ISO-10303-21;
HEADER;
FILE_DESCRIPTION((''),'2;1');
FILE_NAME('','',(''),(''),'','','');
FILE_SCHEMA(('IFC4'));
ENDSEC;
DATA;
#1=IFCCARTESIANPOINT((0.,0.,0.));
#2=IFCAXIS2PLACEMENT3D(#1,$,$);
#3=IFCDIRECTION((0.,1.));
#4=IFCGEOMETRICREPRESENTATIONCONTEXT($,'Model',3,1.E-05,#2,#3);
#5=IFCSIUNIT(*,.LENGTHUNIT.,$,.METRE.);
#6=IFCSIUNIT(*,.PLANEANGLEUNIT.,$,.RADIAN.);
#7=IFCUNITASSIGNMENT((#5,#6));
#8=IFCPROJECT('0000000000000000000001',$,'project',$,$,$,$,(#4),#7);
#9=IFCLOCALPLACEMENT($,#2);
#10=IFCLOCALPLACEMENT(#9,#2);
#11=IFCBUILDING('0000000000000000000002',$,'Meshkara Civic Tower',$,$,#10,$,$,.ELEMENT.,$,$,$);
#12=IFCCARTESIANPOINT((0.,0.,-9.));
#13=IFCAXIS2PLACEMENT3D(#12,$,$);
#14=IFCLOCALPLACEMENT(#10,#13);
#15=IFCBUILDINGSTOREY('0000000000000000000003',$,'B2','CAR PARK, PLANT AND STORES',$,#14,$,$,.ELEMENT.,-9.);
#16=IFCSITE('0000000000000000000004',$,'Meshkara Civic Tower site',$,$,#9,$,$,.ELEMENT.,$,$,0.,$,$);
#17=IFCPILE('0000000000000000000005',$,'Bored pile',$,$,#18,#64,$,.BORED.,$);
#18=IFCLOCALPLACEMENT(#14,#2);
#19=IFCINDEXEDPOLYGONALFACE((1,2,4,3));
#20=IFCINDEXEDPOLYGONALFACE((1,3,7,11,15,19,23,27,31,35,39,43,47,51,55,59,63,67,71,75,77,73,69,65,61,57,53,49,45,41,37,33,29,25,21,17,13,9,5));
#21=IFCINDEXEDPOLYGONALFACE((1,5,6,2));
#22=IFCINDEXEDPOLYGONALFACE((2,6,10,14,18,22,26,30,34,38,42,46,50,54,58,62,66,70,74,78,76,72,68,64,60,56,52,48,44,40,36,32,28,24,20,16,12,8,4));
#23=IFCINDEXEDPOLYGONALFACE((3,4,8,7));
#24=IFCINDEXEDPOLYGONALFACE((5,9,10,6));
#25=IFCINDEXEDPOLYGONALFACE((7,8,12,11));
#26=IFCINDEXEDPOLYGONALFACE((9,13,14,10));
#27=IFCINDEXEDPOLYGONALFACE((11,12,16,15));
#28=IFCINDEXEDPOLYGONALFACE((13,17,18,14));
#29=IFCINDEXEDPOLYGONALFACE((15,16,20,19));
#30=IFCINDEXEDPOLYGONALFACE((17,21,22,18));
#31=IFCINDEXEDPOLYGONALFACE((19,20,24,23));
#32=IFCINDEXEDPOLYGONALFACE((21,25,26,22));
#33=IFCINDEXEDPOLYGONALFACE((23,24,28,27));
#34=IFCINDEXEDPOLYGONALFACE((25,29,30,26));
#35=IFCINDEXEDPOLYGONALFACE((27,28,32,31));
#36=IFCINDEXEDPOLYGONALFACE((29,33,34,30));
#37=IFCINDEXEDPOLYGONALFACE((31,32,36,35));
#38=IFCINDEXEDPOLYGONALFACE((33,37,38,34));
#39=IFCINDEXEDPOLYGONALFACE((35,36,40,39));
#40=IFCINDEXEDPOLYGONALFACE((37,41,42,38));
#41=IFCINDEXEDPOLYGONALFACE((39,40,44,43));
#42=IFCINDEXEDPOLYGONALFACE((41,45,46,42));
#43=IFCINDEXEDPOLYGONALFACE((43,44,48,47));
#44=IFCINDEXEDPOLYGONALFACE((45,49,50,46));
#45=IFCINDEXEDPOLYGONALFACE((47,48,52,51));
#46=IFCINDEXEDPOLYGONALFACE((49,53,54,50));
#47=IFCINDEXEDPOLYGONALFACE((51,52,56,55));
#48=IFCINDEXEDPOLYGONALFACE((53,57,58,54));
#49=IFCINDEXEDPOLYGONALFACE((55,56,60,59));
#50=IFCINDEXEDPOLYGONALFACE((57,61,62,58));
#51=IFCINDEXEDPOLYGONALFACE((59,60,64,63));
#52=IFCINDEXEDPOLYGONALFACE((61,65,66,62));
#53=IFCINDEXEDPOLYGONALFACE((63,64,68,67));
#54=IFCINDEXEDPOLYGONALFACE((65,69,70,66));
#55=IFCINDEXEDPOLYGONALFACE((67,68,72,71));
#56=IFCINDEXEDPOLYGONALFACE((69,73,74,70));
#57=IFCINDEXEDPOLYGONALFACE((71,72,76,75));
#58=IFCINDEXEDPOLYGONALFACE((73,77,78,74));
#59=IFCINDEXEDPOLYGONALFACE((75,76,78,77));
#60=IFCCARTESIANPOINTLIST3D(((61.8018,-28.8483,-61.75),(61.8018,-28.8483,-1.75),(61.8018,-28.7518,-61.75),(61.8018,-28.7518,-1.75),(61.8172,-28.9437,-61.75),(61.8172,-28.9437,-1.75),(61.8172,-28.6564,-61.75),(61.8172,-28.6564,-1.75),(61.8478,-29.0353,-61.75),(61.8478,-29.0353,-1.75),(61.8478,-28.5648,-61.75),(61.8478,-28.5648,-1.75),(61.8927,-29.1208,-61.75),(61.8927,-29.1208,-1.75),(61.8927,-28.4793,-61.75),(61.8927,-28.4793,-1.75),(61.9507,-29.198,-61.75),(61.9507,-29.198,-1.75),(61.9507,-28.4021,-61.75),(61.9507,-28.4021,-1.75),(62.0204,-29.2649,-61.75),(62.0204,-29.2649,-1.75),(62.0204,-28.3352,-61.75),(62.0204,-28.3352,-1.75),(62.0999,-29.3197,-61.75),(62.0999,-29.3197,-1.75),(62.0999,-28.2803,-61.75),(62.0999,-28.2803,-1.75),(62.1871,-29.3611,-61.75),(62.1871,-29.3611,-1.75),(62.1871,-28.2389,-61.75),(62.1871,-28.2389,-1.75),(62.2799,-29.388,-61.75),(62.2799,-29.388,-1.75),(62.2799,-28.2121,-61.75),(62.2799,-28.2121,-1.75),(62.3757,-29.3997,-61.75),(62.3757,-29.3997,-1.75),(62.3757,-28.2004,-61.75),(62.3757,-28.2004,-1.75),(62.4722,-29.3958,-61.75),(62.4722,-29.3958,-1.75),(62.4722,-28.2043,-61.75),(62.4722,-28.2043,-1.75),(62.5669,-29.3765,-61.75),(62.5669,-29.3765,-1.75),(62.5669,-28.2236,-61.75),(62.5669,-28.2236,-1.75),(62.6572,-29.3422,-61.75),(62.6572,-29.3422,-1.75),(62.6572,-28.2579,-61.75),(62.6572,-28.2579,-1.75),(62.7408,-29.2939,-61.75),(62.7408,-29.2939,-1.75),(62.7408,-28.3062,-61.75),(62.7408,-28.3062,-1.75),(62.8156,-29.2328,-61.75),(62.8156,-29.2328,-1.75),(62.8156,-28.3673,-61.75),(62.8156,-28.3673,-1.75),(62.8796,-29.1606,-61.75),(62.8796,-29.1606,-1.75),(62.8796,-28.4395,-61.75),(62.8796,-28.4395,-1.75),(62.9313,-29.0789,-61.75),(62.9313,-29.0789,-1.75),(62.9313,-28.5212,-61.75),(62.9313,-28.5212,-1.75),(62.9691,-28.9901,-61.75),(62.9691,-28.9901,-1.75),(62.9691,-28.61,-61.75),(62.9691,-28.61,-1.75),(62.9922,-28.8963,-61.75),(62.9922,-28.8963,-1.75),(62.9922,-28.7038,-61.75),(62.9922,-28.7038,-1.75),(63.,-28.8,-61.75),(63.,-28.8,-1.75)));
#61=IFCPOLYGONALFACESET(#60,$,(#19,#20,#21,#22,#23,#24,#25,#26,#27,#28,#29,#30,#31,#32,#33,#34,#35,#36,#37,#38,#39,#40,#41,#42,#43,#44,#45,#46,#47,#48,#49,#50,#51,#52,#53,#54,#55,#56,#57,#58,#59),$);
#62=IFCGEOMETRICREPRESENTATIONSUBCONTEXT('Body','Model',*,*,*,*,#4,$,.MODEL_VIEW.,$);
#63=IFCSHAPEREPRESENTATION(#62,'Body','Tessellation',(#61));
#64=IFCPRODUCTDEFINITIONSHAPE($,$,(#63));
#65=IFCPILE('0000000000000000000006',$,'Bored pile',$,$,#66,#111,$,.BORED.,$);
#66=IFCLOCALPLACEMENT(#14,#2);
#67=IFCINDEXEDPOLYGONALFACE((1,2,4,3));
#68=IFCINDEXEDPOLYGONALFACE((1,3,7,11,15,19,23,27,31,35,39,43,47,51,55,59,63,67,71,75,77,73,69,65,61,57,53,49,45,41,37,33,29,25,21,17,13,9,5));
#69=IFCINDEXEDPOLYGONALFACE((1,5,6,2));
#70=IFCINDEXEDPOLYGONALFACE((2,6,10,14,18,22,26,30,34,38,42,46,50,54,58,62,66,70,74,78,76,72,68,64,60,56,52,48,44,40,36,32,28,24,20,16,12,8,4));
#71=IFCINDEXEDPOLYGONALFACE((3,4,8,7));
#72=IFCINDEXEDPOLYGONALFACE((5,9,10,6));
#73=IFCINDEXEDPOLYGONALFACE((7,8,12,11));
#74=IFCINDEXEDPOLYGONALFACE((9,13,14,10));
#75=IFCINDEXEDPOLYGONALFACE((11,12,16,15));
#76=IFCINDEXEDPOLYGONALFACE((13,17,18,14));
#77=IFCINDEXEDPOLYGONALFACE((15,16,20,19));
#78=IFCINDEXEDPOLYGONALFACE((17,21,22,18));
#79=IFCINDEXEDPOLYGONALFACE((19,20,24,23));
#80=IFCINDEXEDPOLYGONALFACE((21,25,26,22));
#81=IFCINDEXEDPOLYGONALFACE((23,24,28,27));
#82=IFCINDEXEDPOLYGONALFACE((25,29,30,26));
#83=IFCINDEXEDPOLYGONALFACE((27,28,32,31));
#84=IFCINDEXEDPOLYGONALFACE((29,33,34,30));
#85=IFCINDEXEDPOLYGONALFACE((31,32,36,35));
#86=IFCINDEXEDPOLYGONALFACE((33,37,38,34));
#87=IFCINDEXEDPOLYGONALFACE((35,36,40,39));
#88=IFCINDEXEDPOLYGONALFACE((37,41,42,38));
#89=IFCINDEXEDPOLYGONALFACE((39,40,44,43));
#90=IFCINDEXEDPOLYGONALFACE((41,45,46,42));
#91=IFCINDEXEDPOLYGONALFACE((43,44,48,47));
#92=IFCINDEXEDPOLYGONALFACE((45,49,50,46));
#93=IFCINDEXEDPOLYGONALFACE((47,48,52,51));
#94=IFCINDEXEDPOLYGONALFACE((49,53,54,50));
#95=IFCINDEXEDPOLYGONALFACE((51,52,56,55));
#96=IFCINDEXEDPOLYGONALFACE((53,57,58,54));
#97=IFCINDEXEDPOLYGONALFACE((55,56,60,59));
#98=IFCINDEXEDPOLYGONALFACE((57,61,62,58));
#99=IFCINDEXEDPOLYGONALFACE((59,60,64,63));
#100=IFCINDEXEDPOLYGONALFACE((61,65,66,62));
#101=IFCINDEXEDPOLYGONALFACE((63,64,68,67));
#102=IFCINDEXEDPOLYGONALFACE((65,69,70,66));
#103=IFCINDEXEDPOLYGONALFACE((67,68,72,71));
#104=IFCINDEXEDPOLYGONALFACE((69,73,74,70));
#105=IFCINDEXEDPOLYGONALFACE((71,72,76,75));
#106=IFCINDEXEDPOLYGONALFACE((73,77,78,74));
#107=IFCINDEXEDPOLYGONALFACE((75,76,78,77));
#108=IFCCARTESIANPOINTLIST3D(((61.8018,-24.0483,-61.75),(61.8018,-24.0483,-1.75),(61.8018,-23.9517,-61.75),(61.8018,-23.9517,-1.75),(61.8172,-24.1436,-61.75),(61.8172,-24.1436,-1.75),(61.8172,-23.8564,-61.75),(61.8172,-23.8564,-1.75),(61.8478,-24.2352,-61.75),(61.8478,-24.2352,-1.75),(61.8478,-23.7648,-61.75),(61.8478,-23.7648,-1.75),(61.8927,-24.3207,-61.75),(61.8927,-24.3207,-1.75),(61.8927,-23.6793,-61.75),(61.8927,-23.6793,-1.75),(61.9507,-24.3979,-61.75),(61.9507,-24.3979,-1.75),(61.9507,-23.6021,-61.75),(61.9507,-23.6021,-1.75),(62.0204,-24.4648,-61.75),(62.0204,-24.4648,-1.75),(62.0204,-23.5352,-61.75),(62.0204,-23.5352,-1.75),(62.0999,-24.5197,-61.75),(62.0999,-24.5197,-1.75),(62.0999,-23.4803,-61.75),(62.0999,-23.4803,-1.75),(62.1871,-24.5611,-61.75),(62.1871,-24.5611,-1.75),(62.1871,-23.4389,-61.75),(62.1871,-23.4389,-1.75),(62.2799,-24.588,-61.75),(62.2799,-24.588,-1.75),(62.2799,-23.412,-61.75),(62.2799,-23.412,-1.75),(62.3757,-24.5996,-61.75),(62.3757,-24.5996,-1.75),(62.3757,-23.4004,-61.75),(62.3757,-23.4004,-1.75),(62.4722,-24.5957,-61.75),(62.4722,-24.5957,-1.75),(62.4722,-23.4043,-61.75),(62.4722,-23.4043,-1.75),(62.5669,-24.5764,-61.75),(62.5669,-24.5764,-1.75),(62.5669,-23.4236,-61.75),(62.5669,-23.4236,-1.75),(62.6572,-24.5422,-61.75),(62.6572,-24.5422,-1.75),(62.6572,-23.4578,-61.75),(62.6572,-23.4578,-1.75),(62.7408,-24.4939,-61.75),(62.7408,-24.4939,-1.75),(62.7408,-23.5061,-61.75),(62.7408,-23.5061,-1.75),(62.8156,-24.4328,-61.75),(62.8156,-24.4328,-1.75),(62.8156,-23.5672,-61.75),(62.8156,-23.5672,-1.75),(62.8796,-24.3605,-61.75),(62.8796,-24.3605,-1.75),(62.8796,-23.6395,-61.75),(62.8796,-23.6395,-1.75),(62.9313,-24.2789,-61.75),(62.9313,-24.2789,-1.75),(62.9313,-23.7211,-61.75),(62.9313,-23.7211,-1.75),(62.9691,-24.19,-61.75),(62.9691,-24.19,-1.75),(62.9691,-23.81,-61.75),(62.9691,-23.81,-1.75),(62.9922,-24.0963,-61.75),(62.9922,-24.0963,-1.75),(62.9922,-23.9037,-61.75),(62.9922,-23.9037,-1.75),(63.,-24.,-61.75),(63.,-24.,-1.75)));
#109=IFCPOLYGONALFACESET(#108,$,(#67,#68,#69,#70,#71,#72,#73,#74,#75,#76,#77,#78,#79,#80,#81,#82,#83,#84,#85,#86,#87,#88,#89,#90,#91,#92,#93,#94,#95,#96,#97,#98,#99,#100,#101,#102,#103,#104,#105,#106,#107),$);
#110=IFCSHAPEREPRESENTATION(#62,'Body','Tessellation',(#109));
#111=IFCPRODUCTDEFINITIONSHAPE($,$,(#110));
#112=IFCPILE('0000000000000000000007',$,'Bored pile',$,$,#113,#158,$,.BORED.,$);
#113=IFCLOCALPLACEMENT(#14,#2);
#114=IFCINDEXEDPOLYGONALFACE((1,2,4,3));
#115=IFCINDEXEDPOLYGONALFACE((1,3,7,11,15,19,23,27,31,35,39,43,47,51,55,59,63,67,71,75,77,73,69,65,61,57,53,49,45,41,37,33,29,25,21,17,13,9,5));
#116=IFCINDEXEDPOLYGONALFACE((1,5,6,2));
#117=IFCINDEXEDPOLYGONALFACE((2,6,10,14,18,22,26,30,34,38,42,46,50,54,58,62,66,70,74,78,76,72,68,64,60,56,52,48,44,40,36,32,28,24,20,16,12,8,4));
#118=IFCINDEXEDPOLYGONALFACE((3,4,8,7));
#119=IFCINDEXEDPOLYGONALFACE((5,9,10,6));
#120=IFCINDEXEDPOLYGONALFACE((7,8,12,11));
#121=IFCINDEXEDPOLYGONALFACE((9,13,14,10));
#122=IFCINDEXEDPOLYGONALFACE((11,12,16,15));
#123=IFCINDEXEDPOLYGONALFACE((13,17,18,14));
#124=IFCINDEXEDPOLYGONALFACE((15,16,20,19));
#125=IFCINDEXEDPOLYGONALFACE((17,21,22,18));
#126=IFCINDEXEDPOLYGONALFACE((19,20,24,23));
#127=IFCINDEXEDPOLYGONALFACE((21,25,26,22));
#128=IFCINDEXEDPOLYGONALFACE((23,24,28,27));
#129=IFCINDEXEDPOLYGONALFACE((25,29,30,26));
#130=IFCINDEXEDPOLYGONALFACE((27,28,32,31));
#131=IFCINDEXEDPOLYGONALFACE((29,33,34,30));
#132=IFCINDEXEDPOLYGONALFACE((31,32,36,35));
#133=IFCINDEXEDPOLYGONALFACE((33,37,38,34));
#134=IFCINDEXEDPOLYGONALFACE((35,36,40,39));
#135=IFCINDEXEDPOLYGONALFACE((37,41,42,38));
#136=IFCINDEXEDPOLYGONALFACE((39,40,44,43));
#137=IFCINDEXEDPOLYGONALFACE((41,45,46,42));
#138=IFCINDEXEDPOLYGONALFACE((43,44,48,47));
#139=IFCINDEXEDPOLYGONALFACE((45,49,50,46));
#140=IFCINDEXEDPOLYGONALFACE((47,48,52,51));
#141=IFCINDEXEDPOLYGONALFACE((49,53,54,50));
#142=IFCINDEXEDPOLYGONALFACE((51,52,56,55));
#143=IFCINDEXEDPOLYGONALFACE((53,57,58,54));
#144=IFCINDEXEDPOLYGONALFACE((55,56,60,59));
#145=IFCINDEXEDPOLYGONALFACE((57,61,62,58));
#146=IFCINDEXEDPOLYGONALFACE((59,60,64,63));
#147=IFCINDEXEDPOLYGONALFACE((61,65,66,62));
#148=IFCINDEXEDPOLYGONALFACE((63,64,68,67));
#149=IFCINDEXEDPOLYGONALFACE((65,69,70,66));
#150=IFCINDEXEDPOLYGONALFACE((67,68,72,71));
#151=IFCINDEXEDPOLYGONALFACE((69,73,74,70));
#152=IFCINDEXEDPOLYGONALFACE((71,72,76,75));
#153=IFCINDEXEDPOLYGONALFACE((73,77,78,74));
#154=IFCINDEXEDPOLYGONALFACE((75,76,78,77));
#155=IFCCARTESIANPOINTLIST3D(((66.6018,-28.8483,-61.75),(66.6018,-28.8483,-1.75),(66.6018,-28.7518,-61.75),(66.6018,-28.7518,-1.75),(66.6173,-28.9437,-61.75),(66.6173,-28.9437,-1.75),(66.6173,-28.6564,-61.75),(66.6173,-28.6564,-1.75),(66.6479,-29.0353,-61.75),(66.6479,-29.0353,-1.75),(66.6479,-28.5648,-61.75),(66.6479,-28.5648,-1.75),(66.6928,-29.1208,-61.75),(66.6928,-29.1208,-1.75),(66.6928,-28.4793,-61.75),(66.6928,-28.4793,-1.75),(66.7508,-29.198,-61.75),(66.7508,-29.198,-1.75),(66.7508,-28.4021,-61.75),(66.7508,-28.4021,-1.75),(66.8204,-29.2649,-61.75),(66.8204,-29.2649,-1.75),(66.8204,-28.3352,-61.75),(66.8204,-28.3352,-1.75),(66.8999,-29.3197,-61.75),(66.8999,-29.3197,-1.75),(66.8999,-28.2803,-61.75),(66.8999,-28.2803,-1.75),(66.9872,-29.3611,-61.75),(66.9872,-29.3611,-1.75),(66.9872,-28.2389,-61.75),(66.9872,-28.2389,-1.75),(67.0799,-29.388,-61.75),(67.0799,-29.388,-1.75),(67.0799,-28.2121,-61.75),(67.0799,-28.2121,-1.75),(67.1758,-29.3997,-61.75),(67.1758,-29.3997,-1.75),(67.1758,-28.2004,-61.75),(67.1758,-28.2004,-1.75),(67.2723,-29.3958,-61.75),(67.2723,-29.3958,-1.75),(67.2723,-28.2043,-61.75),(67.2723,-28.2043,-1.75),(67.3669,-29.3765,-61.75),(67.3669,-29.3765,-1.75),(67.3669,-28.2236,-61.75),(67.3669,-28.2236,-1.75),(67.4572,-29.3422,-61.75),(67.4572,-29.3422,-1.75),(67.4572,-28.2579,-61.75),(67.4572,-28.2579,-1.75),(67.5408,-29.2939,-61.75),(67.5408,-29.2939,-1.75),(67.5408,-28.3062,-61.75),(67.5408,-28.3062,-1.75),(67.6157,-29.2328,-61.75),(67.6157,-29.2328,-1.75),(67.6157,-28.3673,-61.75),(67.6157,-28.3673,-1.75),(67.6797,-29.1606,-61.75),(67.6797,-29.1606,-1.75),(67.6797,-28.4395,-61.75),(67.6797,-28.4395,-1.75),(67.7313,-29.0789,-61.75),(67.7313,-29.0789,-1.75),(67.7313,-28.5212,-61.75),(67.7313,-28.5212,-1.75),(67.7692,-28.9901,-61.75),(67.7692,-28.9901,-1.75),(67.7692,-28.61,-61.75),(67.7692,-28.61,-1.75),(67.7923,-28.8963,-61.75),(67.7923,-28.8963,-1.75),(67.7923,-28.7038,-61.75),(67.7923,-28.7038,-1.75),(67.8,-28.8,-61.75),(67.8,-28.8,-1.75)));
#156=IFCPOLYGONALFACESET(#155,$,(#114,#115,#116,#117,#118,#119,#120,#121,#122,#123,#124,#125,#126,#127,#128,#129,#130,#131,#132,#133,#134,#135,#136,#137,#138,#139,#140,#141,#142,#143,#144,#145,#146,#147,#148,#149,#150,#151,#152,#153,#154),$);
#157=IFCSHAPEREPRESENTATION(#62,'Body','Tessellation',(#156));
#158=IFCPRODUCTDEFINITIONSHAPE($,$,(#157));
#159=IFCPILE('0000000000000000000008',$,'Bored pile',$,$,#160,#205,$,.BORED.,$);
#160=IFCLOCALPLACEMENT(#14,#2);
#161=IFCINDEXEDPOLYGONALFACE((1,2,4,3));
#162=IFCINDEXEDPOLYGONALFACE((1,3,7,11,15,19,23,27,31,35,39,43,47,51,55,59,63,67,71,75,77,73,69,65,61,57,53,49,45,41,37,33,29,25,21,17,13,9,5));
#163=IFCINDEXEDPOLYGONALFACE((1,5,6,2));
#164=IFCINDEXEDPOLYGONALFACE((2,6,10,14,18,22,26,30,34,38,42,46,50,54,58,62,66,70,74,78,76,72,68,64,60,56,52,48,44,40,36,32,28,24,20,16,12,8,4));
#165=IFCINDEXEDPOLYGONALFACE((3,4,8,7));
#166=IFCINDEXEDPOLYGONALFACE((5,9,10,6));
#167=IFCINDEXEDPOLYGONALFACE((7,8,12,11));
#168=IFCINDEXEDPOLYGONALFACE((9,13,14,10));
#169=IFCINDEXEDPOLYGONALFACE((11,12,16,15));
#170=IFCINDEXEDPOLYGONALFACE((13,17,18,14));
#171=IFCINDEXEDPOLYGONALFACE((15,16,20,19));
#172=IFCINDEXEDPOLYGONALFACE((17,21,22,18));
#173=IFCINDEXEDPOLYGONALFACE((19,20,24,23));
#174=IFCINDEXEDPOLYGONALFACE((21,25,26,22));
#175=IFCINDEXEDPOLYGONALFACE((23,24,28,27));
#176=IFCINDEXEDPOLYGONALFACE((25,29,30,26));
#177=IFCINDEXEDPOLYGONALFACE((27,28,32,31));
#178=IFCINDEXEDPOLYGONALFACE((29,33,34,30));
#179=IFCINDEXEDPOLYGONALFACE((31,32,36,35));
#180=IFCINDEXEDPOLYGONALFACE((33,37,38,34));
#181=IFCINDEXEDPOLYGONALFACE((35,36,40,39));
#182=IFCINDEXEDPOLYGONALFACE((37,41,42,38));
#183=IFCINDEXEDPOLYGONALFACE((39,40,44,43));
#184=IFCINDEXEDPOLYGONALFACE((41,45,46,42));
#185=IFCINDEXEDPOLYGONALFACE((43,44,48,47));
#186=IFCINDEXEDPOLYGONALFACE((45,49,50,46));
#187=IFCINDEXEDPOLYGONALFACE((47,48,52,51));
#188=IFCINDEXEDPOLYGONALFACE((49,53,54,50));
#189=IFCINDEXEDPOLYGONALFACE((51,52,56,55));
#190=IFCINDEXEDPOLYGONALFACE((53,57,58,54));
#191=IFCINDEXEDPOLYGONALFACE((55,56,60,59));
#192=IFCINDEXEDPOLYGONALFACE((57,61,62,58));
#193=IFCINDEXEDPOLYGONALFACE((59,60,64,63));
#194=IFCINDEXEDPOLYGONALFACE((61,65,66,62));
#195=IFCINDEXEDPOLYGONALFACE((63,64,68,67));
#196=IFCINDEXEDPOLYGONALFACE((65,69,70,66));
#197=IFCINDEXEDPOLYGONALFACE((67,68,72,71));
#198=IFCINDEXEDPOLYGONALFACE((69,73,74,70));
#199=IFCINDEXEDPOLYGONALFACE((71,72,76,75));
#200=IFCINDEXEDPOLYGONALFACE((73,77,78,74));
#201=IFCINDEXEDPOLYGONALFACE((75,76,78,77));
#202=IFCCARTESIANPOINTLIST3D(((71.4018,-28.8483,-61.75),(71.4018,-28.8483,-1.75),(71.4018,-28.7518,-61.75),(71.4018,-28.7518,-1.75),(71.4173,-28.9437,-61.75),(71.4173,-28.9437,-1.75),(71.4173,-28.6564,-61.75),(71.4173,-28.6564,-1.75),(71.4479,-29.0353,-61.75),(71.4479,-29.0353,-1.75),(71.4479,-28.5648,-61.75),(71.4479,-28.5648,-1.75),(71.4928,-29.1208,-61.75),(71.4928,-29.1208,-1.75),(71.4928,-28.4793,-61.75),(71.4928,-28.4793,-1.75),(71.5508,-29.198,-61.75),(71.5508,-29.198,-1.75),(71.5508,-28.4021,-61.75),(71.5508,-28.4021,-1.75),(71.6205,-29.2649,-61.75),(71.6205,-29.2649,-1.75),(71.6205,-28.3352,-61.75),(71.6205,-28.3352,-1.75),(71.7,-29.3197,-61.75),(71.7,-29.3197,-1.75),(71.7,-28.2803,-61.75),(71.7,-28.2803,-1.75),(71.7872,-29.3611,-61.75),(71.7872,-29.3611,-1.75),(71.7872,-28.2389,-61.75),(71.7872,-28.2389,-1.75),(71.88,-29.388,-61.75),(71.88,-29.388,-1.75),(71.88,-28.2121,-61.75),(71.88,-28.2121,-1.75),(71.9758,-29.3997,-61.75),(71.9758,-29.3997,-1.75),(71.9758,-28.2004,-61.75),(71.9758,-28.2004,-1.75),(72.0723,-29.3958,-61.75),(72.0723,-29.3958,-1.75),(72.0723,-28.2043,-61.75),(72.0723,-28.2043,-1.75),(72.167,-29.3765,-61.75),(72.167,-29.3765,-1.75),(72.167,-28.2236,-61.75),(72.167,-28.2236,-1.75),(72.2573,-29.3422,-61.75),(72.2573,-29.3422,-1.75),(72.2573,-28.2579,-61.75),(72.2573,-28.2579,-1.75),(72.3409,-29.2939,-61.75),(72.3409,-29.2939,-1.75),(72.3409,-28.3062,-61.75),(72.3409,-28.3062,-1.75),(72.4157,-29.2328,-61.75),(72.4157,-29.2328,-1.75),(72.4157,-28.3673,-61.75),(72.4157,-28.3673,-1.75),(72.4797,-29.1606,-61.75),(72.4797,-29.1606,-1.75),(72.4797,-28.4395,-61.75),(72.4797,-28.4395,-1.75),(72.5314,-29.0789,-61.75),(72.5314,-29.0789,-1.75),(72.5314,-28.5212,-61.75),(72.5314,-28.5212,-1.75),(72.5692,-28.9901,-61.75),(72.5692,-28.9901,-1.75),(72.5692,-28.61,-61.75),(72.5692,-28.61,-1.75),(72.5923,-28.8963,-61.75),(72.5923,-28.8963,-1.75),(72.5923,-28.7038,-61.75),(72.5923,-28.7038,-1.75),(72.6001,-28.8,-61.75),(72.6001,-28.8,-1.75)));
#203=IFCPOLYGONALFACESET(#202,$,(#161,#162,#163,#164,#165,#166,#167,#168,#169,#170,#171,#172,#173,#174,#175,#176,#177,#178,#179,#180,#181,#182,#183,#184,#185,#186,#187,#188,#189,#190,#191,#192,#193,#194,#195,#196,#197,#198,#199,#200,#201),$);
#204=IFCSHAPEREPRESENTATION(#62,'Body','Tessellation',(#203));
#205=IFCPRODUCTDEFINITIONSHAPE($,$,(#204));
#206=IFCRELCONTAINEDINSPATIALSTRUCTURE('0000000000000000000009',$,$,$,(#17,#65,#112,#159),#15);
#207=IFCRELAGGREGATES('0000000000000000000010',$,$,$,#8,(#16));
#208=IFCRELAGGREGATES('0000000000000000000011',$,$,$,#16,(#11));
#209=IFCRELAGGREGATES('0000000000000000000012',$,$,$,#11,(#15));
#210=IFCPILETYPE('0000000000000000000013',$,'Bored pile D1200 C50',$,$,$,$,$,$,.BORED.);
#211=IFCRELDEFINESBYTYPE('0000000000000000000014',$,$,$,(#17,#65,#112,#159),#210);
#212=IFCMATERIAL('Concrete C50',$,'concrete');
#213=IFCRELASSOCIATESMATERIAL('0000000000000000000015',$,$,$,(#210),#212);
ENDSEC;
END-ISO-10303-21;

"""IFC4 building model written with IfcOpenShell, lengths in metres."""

from ifc_helpers import new_model, si_unit, direction, frame, origin, origin_2d, place, context, subcontext, project, spatial, circle, extrude, material, material_profile, profile_set, type_object, element, save


model = new_model("IFC4")

# Units and contexts
model_context = context("Model", 3, precision=1e-05, world=origin(), true_north=direction((0.0, 1.0)))
body_context = subcontext(model_context, "Body", "Model", "MODEL_VIEW")
ifc_project = project(units=[si_unit("LENGTHUNIT", "METRE"), si_unit("PLANEANGLEUNIT", "RADIAN")], contexts=[model_context])

# Site, building, storey
site_placement = place(None, origin())
site = spatial("IfcSite", under=ifc_project, at=site_placement, Name="Meshkara Civic Tower site", CompositionType="ELEMENT", RefElevation=0.0)
building_placement = place(site_placement, origin())
building = spatial("IfcBuilding", under=site, at=building_placement, Name="Meshkara Civic Tower", CompositionType="ELEMENT")
storey_placement = place(building_placement, frame((0.0, 0.0, -9.0)))
storey = spatial("IfcBuildingStorey", under=building, at=storey_placement, Name="B2", Description="CAR PARK, PLANT AND STORES", CompositionType="ELEMENT", Elevation=-9.0)

# Piles
ifc_material_1 = material(Name="Concrete C50", Category="concrete")
ifc_material_profile_1 = material_profile(ifc_material_1, circle(Radius=0.6001, at=origin_2d()))
ifc_profile_set_1 = profile_set([ifc_material_profile_1], Name="Concrete C50")
pile_type = type_object("IfcPileType", Name="Bored pile D1200 C50", PredefinedType="BORED", material=ifc_profile_set_1)
for number, where, z_axis, x_axis, name in (
    (1, (62.3999, -28.8, -1.75), (0.0, 0.0, -1.0), (1.0, 0.0, 0.0), "Bored pile"),
    (2, (62.3999, -24.0, -1.75), (0.0, 0.0, -1.0), (1.0, 0.0, 0.0), "Bored pile"),
    (3, (67.2, -28.8, -1.75), (0.0, 0.0, -1.0), (1.0, 0.0, 0.0), "Bored pile"),
    (4, (72.0, -28.8, -1.75), (0.0, 0.0, -1.0), (1.0, 0.0, 0.0), "Bored pile"),
):
    element("IfcPile", number, at=place(storey_placement, frame(where, z_axis=z_axis, x_axis=x_axis)), inside=storey, type_object=pile_type, Name=name, PredefinedType="BORED", context=body_context, shape_type="SweptSolid", body=[
        extrude(circle(Radius=0.6001, at=origin_2d()), origin(), (0.0, 0.0, 1.0), 60.0),
    ])

save(model, "model.ifc")
